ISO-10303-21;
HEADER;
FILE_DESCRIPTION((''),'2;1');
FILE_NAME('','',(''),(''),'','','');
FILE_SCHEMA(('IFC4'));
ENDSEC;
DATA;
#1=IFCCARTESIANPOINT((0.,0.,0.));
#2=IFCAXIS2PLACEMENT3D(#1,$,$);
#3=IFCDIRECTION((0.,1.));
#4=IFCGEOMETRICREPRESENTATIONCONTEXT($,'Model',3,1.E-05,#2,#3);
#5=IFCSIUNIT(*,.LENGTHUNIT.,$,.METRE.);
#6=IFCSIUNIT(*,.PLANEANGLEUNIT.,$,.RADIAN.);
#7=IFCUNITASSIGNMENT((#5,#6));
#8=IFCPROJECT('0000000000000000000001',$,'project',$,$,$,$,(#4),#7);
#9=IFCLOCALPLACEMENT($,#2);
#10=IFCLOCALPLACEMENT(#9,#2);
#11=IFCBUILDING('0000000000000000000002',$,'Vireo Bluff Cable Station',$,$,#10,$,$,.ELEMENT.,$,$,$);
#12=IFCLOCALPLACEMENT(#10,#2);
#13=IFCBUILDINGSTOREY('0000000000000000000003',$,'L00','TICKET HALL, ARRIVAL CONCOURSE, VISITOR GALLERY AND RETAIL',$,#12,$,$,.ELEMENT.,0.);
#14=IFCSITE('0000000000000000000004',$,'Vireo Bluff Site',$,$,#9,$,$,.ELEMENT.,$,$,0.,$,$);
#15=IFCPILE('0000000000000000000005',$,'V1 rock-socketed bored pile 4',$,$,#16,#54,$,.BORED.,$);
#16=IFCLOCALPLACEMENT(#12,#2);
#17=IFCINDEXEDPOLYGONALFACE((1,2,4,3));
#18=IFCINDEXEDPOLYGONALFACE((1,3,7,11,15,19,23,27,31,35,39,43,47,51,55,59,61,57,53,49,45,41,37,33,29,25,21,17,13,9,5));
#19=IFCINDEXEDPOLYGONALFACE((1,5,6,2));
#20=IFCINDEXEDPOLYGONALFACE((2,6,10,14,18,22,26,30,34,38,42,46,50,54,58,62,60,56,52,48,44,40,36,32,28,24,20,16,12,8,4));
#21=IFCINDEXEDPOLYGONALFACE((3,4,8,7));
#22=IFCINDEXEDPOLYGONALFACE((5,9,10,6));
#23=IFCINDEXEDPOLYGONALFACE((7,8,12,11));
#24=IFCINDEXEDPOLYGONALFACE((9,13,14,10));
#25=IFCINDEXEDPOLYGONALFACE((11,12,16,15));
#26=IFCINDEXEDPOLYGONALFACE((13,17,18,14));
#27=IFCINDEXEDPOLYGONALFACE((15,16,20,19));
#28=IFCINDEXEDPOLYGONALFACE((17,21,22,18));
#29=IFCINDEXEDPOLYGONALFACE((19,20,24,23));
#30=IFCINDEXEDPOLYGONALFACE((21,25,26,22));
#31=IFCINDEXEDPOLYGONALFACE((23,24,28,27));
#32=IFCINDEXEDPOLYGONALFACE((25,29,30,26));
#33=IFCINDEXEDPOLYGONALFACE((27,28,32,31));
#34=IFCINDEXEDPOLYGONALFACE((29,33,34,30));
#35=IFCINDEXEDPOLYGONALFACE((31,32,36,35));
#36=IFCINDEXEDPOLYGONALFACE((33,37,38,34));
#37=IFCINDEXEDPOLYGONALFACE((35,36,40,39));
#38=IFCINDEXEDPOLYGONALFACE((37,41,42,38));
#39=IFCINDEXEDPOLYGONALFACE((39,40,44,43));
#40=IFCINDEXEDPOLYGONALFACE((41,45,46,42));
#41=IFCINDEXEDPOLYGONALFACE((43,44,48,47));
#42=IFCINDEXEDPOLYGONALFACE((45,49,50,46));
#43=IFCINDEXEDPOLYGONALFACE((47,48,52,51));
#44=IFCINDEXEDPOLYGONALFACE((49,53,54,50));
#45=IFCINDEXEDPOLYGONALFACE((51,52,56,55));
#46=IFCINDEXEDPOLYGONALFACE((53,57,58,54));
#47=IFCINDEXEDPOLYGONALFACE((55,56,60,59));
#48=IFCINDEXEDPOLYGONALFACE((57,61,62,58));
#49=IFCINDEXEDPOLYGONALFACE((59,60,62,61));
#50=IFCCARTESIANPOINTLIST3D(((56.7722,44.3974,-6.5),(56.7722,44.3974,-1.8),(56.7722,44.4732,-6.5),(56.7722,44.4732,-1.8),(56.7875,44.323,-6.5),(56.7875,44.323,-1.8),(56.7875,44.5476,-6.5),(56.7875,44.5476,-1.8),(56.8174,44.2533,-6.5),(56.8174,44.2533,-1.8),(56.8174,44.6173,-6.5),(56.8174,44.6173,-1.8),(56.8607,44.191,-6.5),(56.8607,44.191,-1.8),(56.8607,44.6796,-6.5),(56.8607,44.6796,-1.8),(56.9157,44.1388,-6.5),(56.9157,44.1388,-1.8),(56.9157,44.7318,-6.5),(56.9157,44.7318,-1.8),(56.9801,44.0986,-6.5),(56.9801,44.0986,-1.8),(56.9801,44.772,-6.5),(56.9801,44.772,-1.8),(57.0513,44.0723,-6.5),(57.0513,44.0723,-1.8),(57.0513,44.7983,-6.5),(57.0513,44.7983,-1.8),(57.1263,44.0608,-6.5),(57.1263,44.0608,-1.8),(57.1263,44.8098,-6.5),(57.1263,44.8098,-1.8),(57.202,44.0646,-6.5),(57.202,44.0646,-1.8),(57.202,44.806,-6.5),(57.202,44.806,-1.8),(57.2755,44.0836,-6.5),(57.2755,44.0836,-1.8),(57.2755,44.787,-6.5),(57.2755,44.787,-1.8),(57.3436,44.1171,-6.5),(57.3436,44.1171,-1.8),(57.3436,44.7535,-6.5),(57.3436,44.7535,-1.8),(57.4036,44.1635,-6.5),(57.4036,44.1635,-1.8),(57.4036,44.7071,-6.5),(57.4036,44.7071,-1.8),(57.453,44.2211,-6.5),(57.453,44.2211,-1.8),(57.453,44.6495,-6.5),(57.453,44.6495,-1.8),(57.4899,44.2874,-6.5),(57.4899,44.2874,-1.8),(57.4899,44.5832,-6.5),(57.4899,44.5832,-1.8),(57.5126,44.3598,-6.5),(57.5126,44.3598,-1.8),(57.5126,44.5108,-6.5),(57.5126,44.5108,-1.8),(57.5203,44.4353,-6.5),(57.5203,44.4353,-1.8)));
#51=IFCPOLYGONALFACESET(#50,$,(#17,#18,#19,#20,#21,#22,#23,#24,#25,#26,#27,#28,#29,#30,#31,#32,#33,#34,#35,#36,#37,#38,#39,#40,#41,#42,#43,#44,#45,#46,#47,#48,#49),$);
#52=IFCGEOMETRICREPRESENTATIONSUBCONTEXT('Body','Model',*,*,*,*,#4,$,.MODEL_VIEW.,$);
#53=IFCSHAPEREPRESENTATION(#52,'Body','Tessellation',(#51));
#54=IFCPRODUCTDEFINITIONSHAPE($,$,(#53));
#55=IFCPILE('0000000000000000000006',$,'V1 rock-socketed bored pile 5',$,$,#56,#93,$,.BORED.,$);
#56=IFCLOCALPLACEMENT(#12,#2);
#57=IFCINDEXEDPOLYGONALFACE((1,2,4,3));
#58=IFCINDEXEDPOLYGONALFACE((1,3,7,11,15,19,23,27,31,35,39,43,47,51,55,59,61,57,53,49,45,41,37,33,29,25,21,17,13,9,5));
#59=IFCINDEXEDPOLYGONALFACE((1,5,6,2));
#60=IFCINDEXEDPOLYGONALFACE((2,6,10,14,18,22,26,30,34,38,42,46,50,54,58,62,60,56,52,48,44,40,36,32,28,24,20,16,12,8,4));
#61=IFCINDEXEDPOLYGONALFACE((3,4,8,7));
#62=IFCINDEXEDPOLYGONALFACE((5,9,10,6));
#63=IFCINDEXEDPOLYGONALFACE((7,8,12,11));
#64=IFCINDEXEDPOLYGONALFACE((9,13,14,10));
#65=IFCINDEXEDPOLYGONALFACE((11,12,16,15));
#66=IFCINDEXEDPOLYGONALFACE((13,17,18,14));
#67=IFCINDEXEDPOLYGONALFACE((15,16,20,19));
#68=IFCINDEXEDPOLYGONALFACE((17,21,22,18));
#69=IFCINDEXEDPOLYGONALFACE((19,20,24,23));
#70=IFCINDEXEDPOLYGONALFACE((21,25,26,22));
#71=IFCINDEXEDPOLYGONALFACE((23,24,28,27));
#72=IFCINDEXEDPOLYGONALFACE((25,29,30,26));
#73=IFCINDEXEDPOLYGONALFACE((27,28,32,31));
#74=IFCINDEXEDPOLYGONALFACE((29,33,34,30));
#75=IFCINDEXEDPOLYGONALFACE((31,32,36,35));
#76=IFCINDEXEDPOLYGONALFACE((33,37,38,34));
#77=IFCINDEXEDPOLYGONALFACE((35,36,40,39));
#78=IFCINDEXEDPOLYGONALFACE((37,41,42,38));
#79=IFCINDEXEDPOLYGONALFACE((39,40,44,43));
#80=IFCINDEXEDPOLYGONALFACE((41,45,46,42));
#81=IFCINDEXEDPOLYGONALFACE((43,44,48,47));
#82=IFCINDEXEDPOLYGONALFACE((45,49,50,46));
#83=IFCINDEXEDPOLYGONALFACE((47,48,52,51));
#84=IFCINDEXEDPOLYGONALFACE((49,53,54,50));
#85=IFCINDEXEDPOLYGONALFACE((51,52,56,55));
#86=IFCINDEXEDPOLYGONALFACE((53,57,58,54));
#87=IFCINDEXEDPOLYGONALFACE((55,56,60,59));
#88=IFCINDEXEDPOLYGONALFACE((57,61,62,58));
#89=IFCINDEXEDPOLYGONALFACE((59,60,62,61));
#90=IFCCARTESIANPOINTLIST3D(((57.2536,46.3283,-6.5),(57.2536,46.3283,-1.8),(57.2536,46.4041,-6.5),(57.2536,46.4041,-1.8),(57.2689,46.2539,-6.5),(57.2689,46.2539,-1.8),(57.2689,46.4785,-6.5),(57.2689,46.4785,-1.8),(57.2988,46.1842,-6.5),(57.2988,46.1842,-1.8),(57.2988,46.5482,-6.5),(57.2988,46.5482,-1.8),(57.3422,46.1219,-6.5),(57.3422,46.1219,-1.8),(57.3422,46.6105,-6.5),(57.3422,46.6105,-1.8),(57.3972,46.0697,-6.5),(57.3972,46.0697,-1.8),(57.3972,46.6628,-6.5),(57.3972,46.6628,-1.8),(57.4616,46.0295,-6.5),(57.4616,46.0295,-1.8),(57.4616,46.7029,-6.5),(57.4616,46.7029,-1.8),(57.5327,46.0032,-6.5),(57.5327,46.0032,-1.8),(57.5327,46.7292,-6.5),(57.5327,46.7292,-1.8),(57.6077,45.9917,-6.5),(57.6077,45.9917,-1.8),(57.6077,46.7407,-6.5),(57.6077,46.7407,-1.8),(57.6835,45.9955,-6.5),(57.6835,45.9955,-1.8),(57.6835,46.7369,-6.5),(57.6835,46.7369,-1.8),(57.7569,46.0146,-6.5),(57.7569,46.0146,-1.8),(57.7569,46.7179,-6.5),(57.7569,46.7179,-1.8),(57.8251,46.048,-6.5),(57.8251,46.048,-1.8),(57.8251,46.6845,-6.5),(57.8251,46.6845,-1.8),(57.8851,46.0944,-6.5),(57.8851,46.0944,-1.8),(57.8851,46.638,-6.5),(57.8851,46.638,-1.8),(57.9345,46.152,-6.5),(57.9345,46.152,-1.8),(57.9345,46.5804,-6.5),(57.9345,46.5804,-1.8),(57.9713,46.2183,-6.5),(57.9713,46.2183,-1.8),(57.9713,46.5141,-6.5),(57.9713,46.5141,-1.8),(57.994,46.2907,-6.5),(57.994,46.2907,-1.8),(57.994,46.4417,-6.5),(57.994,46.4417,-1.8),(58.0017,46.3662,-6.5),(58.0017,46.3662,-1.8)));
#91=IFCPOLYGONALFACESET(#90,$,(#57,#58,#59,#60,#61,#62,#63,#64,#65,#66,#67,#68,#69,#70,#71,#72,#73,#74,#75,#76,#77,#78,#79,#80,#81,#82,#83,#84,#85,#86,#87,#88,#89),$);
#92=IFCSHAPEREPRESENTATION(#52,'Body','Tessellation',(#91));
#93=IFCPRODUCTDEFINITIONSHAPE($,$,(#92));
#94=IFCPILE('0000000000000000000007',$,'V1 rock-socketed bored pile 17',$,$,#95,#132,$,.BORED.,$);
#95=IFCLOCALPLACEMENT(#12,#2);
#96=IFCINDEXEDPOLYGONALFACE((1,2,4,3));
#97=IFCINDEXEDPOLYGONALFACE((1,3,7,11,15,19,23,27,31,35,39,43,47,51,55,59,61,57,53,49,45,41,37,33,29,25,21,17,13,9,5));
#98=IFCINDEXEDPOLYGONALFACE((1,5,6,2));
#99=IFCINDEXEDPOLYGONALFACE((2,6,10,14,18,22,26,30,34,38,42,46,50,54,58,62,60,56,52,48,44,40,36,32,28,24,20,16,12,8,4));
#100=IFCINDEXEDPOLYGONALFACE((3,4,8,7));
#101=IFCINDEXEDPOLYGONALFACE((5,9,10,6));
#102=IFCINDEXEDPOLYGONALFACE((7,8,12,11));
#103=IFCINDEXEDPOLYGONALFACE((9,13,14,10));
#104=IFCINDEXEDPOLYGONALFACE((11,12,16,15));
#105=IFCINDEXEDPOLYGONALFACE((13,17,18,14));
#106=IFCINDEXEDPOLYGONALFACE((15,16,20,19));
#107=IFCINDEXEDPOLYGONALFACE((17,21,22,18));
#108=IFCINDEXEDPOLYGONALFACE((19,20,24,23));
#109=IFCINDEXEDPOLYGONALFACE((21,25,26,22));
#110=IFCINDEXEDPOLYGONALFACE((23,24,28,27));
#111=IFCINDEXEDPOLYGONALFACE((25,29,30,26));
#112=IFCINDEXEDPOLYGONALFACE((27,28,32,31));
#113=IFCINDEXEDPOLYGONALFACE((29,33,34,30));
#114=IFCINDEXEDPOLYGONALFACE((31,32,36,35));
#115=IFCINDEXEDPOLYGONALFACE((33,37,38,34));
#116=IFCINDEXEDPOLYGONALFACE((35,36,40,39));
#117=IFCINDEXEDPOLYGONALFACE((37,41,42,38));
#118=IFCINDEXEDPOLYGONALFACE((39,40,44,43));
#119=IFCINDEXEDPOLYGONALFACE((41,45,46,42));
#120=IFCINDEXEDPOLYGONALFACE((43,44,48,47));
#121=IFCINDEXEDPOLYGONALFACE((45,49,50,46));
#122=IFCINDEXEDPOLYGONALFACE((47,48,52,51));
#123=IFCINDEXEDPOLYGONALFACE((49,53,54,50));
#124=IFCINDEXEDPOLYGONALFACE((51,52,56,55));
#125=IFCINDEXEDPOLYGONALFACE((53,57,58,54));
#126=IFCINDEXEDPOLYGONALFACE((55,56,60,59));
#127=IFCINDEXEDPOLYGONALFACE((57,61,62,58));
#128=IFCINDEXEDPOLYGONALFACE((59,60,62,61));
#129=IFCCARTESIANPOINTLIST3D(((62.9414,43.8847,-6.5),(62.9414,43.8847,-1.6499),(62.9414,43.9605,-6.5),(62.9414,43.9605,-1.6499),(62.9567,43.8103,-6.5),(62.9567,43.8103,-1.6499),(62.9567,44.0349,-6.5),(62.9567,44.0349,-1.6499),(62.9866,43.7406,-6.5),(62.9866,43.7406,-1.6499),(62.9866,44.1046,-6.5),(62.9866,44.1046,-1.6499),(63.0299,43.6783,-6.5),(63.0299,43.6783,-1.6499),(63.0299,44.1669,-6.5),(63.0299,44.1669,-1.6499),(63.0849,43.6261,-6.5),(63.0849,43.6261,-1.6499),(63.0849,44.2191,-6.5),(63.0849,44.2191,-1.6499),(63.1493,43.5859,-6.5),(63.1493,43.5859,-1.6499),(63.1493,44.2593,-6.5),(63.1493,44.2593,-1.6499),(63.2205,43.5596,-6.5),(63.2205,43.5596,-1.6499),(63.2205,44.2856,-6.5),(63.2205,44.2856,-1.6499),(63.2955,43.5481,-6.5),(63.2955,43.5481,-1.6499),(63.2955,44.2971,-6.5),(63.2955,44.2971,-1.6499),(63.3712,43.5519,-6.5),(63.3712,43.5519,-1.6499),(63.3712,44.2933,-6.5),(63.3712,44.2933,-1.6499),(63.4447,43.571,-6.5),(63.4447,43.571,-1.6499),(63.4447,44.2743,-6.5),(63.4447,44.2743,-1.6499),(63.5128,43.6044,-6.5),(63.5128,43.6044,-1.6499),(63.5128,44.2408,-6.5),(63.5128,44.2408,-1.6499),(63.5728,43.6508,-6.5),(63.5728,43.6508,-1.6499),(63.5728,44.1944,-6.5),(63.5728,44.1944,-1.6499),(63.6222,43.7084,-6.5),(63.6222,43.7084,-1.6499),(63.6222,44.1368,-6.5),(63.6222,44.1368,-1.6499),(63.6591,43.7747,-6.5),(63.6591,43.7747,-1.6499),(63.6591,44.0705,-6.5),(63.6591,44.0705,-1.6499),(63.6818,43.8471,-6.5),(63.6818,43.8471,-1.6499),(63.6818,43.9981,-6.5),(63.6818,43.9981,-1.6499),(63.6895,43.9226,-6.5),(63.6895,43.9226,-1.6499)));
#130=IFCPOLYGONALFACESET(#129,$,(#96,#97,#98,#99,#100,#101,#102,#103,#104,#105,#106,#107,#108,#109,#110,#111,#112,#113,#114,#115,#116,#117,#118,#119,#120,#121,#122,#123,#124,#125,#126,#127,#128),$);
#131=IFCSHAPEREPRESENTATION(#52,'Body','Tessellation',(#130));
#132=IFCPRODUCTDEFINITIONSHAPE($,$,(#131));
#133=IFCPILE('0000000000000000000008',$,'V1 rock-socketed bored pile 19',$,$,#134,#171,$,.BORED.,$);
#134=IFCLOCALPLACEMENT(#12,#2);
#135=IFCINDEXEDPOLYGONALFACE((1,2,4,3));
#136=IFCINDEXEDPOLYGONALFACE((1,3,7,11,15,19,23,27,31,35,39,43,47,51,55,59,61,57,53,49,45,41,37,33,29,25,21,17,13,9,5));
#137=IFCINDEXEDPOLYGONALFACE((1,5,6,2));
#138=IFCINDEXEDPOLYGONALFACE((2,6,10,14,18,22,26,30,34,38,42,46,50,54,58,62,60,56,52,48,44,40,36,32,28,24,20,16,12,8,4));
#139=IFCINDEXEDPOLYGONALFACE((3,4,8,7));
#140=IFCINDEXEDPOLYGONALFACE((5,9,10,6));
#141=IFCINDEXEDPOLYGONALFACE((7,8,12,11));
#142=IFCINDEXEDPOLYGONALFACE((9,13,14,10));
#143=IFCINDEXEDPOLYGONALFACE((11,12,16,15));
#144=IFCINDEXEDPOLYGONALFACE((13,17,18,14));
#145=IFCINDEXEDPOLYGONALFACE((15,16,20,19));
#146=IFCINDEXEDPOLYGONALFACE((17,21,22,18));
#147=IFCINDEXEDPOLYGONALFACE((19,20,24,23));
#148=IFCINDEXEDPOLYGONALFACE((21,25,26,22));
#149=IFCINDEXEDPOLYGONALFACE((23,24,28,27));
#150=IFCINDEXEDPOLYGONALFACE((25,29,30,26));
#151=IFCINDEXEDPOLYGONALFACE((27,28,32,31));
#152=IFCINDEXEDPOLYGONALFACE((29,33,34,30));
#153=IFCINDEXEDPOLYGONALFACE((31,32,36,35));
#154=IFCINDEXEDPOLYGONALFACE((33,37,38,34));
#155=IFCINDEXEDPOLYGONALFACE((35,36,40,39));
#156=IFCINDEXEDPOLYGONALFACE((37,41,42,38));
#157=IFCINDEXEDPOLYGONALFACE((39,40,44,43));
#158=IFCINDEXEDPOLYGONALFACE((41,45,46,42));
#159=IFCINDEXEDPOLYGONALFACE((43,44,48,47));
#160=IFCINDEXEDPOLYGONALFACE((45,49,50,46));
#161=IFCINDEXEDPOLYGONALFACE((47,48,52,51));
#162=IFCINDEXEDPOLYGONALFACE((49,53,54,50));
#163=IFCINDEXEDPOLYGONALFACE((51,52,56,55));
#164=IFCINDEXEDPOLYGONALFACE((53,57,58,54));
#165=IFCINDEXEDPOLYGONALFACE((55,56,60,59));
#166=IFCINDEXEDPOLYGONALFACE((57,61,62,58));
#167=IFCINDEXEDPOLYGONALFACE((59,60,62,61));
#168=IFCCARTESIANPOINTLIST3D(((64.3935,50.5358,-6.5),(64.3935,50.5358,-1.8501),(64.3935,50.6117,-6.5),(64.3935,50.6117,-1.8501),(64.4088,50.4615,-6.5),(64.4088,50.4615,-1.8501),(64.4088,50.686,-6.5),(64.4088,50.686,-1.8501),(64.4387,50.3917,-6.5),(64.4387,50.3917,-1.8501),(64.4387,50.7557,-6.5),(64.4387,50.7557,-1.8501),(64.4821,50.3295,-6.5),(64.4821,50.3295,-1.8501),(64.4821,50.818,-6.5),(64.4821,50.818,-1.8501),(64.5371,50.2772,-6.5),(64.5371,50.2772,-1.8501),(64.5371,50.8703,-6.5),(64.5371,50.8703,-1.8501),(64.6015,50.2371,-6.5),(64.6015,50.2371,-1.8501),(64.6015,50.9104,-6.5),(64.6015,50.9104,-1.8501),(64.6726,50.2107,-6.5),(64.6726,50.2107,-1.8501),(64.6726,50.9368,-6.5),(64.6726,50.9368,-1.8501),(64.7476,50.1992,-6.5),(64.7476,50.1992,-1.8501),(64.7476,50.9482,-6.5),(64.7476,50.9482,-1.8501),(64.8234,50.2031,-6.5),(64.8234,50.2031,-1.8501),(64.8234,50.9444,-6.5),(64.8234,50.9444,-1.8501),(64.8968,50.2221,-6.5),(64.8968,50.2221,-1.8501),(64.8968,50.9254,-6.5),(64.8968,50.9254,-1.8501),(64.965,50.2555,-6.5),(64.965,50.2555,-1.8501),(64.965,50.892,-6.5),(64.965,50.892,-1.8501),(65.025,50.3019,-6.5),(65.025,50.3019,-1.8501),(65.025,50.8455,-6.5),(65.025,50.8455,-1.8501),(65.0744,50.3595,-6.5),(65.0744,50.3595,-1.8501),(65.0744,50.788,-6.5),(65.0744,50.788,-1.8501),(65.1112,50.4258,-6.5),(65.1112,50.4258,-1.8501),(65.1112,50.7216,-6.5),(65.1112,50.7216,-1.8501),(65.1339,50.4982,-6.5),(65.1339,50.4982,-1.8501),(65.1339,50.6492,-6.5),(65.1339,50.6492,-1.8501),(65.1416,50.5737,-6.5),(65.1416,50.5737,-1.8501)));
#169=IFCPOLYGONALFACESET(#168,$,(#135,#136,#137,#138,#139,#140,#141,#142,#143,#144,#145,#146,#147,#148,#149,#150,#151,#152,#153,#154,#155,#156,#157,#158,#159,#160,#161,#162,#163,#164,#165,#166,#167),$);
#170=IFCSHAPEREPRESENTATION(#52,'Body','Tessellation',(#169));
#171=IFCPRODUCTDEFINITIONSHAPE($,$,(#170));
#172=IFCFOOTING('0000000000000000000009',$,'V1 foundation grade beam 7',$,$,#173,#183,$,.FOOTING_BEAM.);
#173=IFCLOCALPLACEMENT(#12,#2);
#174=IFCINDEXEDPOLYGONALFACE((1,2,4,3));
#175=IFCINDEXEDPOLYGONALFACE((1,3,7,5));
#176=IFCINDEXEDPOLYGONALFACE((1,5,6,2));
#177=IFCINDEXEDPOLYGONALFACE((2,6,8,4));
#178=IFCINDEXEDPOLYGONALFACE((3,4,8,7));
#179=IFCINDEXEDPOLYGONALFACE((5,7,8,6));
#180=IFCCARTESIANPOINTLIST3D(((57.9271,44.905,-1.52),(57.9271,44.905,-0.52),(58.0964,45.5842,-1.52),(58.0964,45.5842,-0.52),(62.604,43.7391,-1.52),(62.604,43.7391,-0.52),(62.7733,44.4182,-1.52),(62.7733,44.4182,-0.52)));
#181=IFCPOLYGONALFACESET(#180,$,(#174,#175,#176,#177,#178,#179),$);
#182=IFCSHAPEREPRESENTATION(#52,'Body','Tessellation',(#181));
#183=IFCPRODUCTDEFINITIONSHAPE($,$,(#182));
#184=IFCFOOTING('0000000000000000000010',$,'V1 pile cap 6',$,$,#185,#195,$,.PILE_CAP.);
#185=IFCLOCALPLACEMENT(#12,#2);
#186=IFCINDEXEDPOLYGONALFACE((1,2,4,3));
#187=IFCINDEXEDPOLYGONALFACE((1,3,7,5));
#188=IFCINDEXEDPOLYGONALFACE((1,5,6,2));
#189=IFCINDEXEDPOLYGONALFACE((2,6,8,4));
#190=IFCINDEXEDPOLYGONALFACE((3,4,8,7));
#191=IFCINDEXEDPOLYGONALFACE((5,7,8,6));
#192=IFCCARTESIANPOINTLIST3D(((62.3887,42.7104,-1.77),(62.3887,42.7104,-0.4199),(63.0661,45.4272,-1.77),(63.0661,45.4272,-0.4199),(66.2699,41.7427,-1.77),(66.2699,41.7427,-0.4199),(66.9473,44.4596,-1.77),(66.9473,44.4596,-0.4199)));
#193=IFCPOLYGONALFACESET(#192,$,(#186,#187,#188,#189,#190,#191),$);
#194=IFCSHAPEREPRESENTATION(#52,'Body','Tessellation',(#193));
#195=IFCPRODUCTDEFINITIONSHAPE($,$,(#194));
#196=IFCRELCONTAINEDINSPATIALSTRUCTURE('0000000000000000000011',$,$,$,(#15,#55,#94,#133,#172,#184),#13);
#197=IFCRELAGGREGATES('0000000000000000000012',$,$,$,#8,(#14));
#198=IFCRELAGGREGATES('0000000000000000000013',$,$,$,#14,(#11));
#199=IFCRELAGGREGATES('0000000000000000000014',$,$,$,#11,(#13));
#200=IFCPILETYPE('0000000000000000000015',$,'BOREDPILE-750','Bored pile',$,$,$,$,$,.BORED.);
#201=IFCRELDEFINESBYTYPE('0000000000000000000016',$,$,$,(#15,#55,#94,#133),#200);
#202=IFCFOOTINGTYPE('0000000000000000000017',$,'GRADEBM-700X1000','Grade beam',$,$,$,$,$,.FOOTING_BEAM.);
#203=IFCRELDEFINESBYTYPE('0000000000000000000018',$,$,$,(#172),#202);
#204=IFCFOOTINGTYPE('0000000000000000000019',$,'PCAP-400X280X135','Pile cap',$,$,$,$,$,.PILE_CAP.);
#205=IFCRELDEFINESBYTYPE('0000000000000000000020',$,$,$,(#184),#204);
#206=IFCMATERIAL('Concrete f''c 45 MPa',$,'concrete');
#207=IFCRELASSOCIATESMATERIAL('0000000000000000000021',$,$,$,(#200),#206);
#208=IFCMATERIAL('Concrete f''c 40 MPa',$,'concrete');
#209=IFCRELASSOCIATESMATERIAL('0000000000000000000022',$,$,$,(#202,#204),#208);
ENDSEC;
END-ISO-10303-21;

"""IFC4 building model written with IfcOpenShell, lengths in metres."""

from ifc_helpers import new_model, si_unit, direction, frame, origin, origin_2d, place, context, subcontext, project, spatial, rectangle, circle, extrude, material, material_profile, profile_set, type_object, element, save


model = new_model("IFC4")

# Units and contexts
model_context = context("Model", 3, precision=1e-05, world=origin(), true_north=direction((0.0, 1.0)))
body_context = subcontext(model_context, "Body", "Model", "MODEL_VIEW")
ifc_project = project(units=[si_unit("LENGTHUNIT", "METRE"), si_unit("PLANEANGLEUNIT", "RADIAN")], contexts=[model_context])

# Site, building, storey
site_placement = place(None, origin())
site = spatial("IfcSite", under=ifc_project, at=site_placement, Name="Vireo Bluff Site", CompositionType="ELEMENT", RefElevation=0.0)
building_placement = place(site_placement, origin())
building = spatial("IfcBuilding", under=site, at=building_placement, Name="Vireo Bluff Cable Station", CompositionType="ELEMENT")
storey_placement = place(building_placement, origin())
storey = spatial("IfcBuildingStorey", under=building, at=storey_placement, Name="L00", Description="TICKET HALL, ARRIVAL CONCOURSE, VISITOR GALLERY AND RETAIL", CompositionType="ELEMENT", Elevation=0.0)

# Piles
ifc_material_1 = material(Name="Concrete f'c 45 MPa", Category="concrete")
ifc_material_profile_1 = material_profile(ifc_material_1, circle(Radius=0.375, at=origin_2d()), Name="BOREDPILE-750")
ifc_profile_set_1 = profile_set([ifc_material_profile_1], Name="Concrete f'c 45 MPa")
pile_type = type_object("IfcPileType", Name="BOREDPILE-750", Description="Bored pile", PredefinedType="BORED", material=ifc_profile_set_1)
for number, where, z_axis, x_axis, name in (
    (1, (57.1453, 44.4353, -1.8), (0.0, 0.0, -1.0), (1.0, 0.0, 0.0), "V1 rock-socketed bored pile 4"),
    (2, (57.6267, 46.3662, -1.8), (0.0, 0.0, -1.0), (1.0, 0.0, 0.0), "V1 rock-socketed bored pile 5"),
):
    element("IfcPile", number, at=place(storey_placement, frame(where, z_axis=z_axis, x_axis=x_axis)), inside=storey, type_object=pile_type, Name=name, PredefinedType="BORED", context=body_context, shape_type="SweptSolid", body=[
        extrude(circle(Radius=0.375, at=origin_2d()), origin(), (0.0, 0.0, 1.0), 4.7),
    ])
pile_1_placement = place(storey_placement, frame((63.3145, 43.9226, -1.6499), z_axis=(0.0, 0.0, -1.0), x_axis=(1.0, 0.0, 0.0)))
element("IfcPile", 3, at=pile_1_placement, inside=storey, type_object=pile_type, Name="V1 rock-socketed bored pile 17", PredefinedType="BORED", context=body_context, shape_type="SweptSolid", body=[
    extrude(circle(Radius=0.375, at=origin_2d()), origin(), (0.0, 0.0, 1.0), 4.8501),
])
pile_2_placement = place(storey_placement, frame((64.7666, 50.5737, -1.8501), z_axis=(0.0, 0.0, -1.0), x_axis=(1.0, 0.0, 0.0)))
element("IfcPile", 4, at=pile_2_placement, inside=storey, type_object=pile_type, Name="V1 rock-socketed bored pile 19", PredefinedType="BORED", context=body_context, shape_type="SweptSolid", body=[
    extrude(circle(Radius=0.375, at=origin_2d()), origin(), (0.0, 0.0, 1.0), 4.6499),
])

# Footings
ifc_material_2 = material(Name="Concrete f'c 40 MPa", Category="concrete")
ifc_material_profile_2 = material_profile(ifc_material_2, rectangle(XDim=0.7, YDim=1.0, at=origin_2d()), Name="GRADEBM-700X1000")
ifc_profile_set_2 = profile_set([ifc_material_profile_2], Name="Concrete f'c 40 MPa")
footing_type_1 = type_object("IfcFootingType", Name="GRADEBM-700X1000", Description="Grade beam", PredefinedType="FOOTING_BEAM", material=ifc_profile_set_2)
footing_1_placement = place(storey_placement, frame((58.0117, 45.2446, -1.02), z_axis=(0.9703, -0.241904, 0.0), x_axis=(0.241904, 0.9703, 0.0)))
element("IfcFooting", 5, at=footing_1_placement, inside=storey, type_object=footing_type_1, Name="V1 foundation grade beam 7", PredefinedType="FOOTING_BEAM", context=body_context, shape_type="SweptSolid", body=[
    extrude(rectangle(XDim=0.7, YDim=1.0, at=origin_2d()), origin(), (0.0, 0.0, 1.0), 4.8201),
])
footing_type_2 = type_object("IfcFootingType", Name="PCAP-400X280X135", Description="Pile cap", PredefinedType="PILE_CAP", material=ifc_material_2)
footing_2_placement = place(storey_placement, frame((64.668, 43.585, -1.77), z_axis=(0.0, 0.0, 1.0), x_axis=(0.970296, -0.241922, 0.0)))
element("IfcFooting", 6, at=footing_2_placement, inside=storey, type_object=footing_type_2, Name="V1 pile cap 6", PredefinedType="PILE_CAP", context=body_context, shape_type="SweptSolid", body=[
    extrude(rectangle(XDim=4.0, YDim=2.8, at=origin_2d()), origin(), (0.0, 0.0, 1.0), 1.3501),
])

save(model, "model.ifc")
